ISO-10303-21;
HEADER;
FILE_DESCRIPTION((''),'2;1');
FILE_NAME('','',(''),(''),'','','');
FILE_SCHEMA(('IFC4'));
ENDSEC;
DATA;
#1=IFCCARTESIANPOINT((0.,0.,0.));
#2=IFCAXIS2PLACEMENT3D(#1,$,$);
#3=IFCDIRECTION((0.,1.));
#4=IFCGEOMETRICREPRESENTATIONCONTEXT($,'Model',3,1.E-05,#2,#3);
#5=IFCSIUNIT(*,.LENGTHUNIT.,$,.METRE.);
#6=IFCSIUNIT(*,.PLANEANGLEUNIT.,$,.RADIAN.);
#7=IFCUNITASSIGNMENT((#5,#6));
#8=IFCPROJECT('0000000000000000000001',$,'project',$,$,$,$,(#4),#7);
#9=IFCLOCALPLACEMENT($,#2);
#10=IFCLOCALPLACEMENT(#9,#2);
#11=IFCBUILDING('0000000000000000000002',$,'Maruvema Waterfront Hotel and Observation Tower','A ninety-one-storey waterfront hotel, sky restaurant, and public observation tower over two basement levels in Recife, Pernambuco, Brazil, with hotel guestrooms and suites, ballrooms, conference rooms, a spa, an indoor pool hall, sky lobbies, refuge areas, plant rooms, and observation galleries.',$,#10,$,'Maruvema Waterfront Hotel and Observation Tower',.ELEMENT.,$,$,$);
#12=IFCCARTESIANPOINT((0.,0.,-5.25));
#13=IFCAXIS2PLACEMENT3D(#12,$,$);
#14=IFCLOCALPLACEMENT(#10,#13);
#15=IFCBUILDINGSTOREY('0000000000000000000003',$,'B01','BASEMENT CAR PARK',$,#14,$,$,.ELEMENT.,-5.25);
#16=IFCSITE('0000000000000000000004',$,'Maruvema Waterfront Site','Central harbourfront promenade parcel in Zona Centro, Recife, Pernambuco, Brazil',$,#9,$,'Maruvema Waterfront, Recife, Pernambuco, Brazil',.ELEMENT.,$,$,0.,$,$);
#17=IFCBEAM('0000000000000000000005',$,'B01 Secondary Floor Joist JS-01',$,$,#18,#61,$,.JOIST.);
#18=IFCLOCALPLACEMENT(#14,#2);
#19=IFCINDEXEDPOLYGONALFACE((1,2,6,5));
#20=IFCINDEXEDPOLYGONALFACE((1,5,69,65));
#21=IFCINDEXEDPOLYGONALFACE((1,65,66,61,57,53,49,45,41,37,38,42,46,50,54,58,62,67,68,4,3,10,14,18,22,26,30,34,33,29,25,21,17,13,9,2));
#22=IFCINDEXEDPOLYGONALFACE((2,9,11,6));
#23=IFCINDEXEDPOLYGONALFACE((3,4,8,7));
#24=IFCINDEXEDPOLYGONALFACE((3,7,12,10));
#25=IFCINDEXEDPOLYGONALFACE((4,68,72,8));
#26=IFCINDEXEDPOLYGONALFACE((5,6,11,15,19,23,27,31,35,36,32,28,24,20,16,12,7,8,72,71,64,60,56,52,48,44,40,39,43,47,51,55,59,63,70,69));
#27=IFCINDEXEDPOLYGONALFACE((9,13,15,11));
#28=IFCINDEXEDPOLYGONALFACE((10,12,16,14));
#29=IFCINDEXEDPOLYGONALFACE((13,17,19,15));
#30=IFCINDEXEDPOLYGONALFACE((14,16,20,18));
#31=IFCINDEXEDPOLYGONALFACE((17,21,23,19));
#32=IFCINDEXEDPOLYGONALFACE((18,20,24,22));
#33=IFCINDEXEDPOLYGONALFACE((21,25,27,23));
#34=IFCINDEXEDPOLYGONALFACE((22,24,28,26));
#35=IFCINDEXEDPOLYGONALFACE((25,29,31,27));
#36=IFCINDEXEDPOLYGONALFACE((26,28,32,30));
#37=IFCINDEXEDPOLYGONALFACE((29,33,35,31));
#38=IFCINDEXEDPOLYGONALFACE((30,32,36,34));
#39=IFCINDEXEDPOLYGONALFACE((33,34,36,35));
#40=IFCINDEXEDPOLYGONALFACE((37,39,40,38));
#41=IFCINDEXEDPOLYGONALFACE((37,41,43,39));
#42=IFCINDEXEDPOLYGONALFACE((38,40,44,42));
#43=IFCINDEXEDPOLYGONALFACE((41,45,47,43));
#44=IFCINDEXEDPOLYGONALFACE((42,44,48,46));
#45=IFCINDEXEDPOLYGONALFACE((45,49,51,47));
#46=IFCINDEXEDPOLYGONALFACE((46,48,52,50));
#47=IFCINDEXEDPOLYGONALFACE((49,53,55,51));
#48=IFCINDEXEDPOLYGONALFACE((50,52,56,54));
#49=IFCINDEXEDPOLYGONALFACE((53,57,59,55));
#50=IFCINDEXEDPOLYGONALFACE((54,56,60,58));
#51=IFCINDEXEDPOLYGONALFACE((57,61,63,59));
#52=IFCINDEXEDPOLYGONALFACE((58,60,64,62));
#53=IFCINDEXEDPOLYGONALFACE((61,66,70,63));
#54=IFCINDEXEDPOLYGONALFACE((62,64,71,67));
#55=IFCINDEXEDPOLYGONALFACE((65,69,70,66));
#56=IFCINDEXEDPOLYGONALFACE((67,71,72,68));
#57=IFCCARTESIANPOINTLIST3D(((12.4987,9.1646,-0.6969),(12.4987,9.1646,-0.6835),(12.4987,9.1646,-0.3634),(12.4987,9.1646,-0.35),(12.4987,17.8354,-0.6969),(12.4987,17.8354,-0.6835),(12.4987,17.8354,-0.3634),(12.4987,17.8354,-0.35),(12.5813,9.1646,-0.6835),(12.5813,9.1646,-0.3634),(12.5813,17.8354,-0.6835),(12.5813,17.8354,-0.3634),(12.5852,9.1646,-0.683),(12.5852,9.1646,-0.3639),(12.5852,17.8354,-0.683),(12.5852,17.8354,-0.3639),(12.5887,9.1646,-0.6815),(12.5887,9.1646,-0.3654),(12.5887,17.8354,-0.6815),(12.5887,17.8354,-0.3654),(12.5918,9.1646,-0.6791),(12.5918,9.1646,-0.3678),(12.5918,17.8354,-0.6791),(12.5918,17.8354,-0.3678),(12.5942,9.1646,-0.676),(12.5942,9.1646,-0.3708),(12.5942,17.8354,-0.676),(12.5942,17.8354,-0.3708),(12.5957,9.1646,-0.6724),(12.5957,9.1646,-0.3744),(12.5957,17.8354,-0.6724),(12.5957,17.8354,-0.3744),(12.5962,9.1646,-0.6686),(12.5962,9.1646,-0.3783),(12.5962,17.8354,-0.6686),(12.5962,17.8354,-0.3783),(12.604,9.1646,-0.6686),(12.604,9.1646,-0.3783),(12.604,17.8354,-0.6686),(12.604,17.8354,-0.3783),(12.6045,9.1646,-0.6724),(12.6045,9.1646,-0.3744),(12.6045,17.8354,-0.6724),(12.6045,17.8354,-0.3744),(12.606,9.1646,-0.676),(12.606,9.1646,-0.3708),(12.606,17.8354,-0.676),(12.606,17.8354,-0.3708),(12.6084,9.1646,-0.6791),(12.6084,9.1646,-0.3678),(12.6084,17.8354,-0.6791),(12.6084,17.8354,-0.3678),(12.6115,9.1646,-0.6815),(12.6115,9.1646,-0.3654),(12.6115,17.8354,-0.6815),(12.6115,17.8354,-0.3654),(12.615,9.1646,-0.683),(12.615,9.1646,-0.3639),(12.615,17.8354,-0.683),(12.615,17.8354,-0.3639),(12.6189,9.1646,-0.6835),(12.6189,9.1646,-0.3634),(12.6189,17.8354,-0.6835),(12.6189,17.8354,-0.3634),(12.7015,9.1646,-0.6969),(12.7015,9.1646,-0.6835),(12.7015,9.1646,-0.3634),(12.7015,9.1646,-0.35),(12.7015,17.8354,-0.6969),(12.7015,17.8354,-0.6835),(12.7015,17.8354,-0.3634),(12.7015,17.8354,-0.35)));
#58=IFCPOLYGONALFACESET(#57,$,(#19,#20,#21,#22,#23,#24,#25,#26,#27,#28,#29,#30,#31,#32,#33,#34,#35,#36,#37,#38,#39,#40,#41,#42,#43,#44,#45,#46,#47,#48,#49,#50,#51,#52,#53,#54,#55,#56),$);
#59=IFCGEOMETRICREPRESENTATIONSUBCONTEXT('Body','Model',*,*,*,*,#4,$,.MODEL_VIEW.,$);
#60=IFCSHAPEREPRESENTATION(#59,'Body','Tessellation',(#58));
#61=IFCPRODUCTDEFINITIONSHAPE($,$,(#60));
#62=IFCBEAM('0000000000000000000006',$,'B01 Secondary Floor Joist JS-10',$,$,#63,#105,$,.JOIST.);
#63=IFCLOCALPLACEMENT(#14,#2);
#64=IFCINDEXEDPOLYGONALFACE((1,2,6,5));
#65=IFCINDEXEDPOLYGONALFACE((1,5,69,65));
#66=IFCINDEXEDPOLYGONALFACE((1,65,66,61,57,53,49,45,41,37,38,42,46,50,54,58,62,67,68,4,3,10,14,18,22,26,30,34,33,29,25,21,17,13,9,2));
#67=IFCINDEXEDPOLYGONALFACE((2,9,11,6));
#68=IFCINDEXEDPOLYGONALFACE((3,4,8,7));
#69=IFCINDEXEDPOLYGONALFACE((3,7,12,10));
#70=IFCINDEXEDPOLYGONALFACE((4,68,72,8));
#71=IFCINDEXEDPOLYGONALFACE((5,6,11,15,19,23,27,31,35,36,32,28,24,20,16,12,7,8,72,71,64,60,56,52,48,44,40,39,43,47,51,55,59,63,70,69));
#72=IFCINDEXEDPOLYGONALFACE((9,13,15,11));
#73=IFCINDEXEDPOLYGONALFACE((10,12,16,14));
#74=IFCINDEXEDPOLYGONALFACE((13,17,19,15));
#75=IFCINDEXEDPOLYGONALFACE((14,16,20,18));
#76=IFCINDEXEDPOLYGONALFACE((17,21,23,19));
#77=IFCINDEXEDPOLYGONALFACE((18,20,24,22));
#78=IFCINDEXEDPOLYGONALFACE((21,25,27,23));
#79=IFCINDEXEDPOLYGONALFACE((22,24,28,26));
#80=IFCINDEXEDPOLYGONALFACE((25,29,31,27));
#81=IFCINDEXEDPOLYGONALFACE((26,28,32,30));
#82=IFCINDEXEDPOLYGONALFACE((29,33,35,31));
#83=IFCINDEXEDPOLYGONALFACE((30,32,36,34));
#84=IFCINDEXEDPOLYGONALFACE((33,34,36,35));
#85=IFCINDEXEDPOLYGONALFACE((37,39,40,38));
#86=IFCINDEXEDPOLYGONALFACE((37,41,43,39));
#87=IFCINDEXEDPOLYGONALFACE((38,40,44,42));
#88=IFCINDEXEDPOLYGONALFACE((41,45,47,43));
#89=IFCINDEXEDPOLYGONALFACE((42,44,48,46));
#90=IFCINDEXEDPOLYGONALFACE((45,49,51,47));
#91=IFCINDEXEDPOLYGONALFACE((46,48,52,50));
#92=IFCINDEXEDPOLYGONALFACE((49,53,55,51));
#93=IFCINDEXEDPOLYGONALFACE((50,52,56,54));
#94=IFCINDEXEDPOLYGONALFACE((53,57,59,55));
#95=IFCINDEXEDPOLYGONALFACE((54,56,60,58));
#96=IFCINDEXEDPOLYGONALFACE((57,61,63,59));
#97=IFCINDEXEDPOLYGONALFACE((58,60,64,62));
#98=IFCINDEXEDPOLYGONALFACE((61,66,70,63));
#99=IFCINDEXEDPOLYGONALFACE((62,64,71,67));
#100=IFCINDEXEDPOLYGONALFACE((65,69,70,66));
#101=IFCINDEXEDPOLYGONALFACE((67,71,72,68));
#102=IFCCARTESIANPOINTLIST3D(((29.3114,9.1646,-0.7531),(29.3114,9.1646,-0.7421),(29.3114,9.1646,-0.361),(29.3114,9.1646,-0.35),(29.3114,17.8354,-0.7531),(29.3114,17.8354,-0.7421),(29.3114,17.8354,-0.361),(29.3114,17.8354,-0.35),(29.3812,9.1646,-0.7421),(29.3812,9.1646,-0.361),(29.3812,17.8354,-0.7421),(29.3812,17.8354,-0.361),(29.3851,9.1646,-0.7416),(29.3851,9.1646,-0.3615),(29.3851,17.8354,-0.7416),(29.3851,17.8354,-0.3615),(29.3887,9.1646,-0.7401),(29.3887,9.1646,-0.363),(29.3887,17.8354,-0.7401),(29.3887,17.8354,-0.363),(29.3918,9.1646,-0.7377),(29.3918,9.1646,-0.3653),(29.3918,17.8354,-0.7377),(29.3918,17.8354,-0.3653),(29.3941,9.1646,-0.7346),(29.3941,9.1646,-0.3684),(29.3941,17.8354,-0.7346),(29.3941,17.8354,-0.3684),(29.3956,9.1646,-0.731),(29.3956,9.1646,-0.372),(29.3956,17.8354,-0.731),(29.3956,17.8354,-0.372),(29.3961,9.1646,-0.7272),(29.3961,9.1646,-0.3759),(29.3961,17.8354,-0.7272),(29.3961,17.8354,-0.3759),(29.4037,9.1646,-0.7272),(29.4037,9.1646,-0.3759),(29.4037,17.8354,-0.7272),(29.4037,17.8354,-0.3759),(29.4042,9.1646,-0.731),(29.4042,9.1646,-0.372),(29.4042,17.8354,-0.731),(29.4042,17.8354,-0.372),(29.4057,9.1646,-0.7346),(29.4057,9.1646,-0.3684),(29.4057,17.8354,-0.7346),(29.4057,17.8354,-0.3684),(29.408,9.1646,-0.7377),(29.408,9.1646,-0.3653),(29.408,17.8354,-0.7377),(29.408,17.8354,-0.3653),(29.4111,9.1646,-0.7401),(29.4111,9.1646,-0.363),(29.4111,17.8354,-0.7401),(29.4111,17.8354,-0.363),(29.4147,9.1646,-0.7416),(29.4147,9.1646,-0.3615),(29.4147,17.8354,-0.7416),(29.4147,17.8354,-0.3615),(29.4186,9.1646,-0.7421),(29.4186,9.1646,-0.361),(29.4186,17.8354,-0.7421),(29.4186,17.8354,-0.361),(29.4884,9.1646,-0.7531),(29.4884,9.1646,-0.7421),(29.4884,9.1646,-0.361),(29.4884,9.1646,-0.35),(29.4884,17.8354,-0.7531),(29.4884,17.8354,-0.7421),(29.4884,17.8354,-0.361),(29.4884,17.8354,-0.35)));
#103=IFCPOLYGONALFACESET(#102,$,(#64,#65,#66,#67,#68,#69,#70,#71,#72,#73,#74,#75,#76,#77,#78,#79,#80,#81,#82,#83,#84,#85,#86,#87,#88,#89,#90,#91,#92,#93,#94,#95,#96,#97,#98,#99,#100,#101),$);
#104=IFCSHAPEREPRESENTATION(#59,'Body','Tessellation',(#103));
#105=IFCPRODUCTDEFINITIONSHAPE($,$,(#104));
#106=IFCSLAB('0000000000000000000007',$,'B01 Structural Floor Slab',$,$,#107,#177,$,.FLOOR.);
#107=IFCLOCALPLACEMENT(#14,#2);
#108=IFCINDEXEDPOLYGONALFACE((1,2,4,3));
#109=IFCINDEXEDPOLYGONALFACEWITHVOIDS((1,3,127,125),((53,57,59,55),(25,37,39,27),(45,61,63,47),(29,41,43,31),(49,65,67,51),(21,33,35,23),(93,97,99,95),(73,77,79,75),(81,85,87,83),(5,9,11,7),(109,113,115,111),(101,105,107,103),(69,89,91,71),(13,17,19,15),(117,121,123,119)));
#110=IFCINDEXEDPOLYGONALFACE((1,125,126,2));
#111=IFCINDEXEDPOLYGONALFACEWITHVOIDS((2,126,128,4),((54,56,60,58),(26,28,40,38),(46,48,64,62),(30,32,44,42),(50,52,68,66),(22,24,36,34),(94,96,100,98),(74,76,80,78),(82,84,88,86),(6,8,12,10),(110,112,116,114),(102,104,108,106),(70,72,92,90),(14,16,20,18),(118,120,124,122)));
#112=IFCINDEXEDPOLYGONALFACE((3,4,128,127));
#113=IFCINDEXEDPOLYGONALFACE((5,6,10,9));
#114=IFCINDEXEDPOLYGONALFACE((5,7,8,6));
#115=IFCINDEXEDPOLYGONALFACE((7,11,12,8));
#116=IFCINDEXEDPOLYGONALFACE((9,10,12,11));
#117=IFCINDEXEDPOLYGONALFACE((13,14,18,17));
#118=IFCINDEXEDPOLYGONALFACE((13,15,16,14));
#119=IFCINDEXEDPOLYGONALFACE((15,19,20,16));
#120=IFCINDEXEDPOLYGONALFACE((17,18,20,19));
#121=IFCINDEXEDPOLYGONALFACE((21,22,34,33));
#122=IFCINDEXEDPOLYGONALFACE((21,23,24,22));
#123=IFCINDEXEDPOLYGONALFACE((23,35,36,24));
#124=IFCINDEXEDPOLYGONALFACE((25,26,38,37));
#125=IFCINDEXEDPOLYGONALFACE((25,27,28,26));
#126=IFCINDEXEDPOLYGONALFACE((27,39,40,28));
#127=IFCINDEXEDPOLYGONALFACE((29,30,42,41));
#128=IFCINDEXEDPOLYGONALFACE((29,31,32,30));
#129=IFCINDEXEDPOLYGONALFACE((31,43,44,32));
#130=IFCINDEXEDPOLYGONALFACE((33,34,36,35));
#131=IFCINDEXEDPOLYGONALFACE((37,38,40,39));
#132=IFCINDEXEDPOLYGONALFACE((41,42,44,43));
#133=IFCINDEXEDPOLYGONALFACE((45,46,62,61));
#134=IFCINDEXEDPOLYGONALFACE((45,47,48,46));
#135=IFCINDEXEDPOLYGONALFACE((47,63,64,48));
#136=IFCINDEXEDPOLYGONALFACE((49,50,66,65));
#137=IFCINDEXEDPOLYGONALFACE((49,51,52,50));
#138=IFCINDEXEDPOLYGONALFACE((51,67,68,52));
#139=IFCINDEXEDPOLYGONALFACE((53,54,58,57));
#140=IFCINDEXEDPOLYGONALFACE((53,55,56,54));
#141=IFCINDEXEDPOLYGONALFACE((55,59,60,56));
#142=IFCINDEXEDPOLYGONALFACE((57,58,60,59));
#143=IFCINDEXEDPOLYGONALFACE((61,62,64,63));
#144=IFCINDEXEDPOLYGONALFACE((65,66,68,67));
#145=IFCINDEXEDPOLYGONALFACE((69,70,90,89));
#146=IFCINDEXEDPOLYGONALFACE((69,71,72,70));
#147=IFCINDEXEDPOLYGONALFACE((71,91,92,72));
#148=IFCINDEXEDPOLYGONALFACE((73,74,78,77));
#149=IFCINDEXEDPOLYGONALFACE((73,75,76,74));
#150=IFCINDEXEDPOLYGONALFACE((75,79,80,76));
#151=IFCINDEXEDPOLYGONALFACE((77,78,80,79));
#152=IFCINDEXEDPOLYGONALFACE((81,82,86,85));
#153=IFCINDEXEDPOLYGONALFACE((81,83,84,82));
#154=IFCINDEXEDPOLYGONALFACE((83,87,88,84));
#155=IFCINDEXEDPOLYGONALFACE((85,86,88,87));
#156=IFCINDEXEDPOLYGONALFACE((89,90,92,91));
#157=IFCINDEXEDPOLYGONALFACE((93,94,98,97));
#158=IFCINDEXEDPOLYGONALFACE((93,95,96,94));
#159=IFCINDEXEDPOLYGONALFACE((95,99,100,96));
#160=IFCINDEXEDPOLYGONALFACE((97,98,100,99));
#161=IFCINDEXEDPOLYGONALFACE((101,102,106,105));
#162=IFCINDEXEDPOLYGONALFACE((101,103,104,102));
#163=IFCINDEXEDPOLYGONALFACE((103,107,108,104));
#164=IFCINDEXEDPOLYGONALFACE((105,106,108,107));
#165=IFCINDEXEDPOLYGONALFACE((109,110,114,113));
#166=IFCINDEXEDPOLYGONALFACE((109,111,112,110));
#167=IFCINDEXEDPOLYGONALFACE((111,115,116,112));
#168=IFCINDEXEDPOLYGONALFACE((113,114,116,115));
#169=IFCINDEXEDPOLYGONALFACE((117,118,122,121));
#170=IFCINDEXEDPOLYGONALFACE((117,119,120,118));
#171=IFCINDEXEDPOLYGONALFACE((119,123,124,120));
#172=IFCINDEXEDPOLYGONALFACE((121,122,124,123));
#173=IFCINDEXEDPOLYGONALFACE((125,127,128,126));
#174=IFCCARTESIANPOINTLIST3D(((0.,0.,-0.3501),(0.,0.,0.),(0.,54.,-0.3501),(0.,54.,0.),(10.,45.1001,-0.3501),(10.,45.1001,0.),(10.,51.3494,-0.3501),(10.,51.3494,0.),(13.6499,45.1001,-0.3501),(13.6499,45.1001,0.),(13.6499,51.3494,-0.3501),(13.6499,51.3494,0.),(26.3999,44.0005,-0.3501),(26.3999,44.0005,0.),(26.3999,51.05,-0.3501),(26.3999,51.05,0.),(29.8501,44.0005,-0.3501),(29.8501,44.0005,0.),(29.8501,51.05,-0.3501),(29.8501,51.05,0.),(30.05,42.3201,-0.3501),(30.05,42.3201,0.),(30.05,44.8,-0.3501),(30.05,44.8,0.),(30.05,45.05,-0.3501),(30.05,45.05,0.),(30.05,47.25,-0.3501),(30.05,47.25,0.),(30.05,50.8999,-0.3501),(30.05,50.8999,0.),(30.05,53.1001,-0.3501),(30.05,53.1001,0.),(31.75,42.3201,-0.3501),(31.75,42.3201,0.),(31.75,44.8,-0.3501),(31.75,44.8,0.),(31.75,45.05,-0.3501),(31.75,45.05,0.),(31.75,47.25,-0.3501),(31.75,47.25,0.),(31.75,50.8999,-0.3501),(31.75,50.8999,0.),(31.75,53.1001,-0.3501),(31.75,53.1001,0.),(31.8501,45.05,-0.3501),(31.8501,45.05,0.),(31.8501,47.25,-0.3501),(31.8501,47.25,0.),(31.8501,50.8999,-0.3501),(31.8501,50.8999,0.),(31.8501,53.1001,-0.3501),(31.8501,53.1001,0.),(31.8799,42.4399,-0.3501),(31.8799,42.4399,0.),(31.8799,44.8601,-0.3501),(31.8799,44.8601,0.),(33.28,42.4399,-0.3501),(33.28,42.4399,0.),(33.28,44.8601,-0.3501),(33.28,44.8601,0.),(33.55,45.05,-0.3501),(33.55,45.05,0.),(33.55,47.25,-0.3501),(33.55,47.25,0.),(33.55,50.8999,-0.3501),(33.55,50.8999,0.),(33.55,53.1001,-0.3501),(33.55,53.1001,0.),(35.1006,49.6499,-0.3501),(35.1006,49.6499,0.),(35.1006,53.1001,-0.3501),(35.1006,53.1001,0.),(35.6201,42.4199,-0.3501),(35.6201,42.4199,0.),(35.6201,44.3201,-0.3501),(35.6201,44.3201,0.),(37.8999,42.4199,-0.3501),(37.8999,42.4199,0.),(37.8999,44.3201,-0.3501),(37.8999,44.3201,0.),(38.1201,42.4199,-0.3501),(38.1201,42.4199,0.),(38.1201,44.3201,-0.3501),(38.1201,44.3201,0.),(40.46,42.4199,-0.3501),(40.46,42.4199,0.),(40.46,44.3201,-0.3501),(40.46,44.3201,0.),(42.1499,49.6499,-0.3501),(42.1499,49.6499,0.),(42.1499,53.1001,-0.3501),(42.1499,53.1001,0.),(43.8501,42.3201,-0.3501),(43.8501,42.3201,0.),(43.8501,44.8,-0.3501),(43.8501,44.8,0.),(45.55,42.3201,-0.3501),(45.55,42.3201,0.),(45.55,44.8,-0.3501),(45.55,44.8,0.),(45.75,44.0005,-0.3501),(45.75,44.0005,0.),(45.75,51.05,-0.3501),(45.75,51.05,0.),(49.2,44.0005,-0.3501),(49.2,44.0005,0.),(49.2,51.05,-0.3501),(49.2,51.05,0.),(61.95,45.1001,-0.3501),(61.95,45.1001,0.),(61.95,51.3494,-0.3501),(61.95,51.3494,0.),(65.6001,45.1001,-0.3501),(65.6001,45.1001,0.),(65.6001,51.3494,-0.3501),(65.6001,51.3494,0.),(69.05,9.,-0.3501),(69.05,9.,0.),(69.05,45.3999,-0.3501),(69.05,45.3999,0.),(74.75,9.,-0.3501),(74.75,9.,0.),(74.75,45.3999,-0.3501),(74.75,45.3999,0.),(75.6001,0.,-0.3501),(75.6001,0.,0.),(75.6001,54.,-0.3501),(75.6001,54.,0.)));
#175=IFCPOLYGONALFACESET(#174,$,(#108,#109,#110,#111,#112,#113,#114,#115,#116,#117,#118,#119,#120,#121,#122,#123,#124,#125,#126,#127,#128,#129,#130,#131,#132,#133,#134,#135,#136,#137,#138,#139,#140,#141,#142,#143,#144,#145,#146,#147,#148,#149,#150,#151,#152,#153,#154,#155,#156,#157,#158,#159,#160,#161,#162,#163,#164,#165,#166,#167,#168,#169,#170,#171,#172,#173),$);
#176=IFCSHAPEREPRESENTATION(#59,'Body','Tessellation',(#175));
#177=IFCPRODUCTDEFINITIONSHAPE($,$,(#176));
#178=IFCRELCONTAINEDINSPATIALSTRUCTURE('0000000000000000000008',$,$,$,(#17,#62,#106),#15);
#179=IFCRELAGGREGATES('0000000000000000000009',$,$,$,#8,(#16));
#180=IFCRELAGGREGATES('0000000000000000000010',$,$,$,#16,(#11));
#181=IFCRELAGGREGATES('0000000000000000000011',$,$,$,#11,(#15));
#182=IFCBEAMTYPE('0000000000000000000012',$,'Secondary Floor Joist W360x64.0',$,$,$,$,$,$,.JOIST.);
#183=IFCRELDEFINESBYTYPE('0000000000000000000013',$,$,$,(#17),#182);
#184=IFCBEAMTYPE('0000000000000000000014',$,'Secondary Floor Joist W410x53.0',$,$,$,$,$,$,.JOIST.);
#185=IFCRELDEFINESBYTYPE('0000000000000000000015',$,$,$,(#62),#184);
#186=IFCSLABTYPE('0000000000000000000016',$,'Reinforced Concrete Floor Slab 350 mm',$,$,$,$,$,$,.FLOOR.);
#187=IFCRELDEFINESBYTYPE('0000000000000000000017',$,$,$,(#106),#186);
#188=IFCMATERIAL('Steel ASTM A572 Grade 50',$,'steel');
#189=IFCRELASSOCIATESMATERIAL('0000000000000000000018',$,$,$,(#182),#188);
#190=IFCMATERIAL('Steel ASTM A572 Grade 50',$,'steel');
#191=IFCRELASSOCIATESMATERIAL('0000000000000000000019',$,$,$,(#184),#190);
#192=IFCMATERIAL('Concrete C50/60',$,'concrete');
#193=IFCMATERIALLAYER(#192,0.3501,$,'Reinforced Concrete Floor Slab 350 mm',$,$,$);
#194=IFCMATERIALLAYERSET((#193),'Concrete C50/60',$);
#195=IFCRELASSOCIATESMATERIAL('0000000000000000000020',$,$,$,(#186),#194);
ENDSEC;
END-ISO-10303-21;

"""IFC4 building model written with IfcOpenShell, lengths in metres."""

from ifc_helpers import new_model, si_unit, direction, frame, origin, origin_2d, place, context, subcontext, project, spatial, polyline, i_section, outline, extrude, material, layer, layer_set, material_profile, profile_set, type_object, element, save


model = new_model("IFC4")

# Units and contexts
model_context = context("Model", 3, precision=1e-05, world=origin(), true_north=direction((0.0, 1.0)))
body_context = subcontext(model_context, "Body", "Model", "MODEL_VIEW")
ifc_project = project(units=[si_unit("LENGTHUNIT", "METRE"), si_unit("PLANEANGLEUNIT", "RADIAN")], contexts=[model_context])

# Site, building, storey
site_placement = place(None, origin())
site = spatial("IfcSite", under=ifc_project, at=site_placement, Name="Maruvema Waterfront Site", Description="Central harbourfront promenade parcel in Zona Centro, Recife, Pernambuco, Brazil", LongName="Maruvema Waterfront, Recife, Pernambuco, Brazil", CompositionType="ELEMENT", RefElevation=0.0)
building_placement = place(site_placement, origin())
building = spatial("IfcBuilding", under=site, at=building_placement, Name="Maruvema Waterfront Hotel and Observation Tower", Description="A ninety-one-storey waterfront hotel, sky restaurant, and public observation tower over two basement levels in Recife, Pernambuco, Brazil, with hotel guestrooms and suites, ballrooms, conference rooms, a spa, an indoor pool hall, sky lobbies, refuge areas, plant rooms, and observation galleries.", LongName="Maruvema Waterfront Hotel and Observation Tower", CompositionType="ELEMENT")
storey_placement = place(building_placement, frame((0.0, 0.0, -5.25)))
storey = spatial("IfcBuildingStorey", under=building, at=storey_placement, Name="B01", Description="BASEMENT CAR PARK", CompositionType="ELEMENT", Elevation=-5.25)

# Beams
ifc_material_1 = material(Name="Steel ASTM A572 Grade 50", Category="steel")
ifc_material_profile_1 = material_profile(ifc_material_1, i_section(OverallWidth=0.2029, OverallDepth=0.3469, WebThickness=0.0078, FlangeThickness=0.0134, FilletRadius=0.0149, at=origin_2d()), Name="W360x64.0")
ifc_profile_set_1 = profile_set([ifc_material_profile_1], Name="Steel ASTM A572 Grade 50")
beam_type_1 = type_object("IfcBeamType", Name="Secondary Floor Joist W360x64.0", PredefinedType="JOIST", material=ifc_profile_set_1)
beam_1_placement = place(storey_placement, frame((12.6001, 9.1646, -0.5234), z_axis=(0.0, 1.0, 0.0), x_axis=(-1.0, 0.0, 0.0)))
element("IfcBeam", 1, at=beam_1_placement, inside=storey, type_object=beam_type_1, Name="B01 Secondary Floor Joist JS-01", PredefinedType="JOIST", context=body_context, shape_type="SweptSolid", body=[
    extrude(i_section(OverallWidth=0.2029, OverallDepth=0.3469, WebThickness=0.0078, FlangeThickness=0.0134, FilletRadius=0.0149, at=origin_2d()), origin(), (0.0, 0.0, 1.0), 8.6709),
])
ifc_material_2 = material(Name="Steel ASTM A572 Grade 50", Category="steel")
ifc_material_profile_2 = material_profile(ifc_material_2, i_section(OverallWidth=0.177, OverallDepth=0.4031, WebThickness=0.0076, FlangeThickness=0.011, FilletRadius=0.0149, at=origin_2d()), Name="W410x53.0")
ifc_profile_set_2 = profile_set([ifc_material_profile_2], Name="Steel ASTM A572 Grade 50")
beam_type_2 = type_object("IfcBeamType", Name="Secondary Floor Joist W410x53.0", PredefinedType="JOIST", material=ifc_profile_set_2)
beam_2_placement = place(storey_placement, frame((29.3999, 9.1646, -0.5515), z_axis=(0.0, 1.0, 0.0), x_axis=(-1.0, 0.0, 0.0)))
element("IfcBeam", 2, at=beam_2_placement, inside=storey, type_object=beam_type_2, Name="B01 Secondary Floor Joist JS-10", PredefinedType="JOIST", context=body_context, shape_type="SweptSolid", body=[
    extrude(i_section(OverallWidth=0.177, OverallDepth=0.4031, WebThickness=0.0076, FlangeThickness=0.011, FilletRadius=0.0149, at=origin_2d()), origin(), (0.0, 0.0, 1.0), 8.6709),
])

# Slab
ifc_material_3 = material(Name="Concrete C50/60", Category="concrete")
ifc_layer_1 = layer(ifc_material_3, 0.3501, Name="Reinforced Concrete Floor Slab 350 mm")
ifc_layer_set_1 = layer_set([ifc_layer_1], Name="Concrete C50/60")
slab_type_1 = type_object("IfcSlabType", Name="Reinforced Concrete Floor Slab 350 mm", PredefinedType="FLOOR", material=ifc_layer_set_1)
slab_1_placement = place(storey_placement, frame((0.0, 0.0, -0.3501)))
element("IfcSlab", 3, at=slab_1_placement, inside=storey, type_object=slab_type_1, Name="B01 Structural Floor Slab", PredefinedType="FLOOR", context=body_context, shape_type="SweptSolid", body=[
    extrude(outline(polyline([(0.0, 0.0), (75.6001, 0.0), (75.6001, 54.0), (0.0, 54.0), (0.0, 0.0)]), holes=[polyline([(13.6499, 51.3494), (13.6499, 45.1001), (10.0, 45.1001), (10.0, 51.3494), (13.6499, 51.3494)]), polyline([(26.3999, 44.0005), (26.3999, 51.05), (29.8501, 51.05), (29.8501, 44.0005), (26.3999, 44.0005)]), polyline([(30.05, 42.3201), (30.05, 44.8), (31.75, 44.8), (31.75, 42.3201), (30.05, 42.3201)]), polyline([(30.05, 47.25), (31.75, 47.25), (31.75, 45.05), (30.05, 45.05), (30.05, 47.25)]), polyline([(30.05, 53.1001), (31.75, 53.1001), (31.75, 50.8999), (30.05, 50.8999), (30.05, 53.1001)]), polyline([(31.8799, 44.8601), (33.28, 44.8601), (33.28, 42.4399), (31.8799, 42.4399), (31.8799, 44.8601)]), polyline([(31.8501, 47.25), (33.55, 47.25), (33.55, 45.05), (31.8501, 45.05), (31.8501, 47.25)]), polyline([(31.8501, 53.1001), (33.55, 53.1001), (33.55, 50.8999), (31.8501, 50.8999), (31.8501, 53.1001)]), polyline([(35.6201, 44.3201), (37.8999, 44.3201), (37.8999, 42.4199), (35.6201, 42.4199), (35.6201, 44.3201)]), polyline([(35.1006, 53.1001), (42.1499, 53.1001), (42.1499, 49.6499), (35.1006, 49.6499), (35.1006, 53.1001)]), polyline([(38.1201, 44.3201), (40.46, 44.3201), (40.46, 42.4199), (38.1201, 42.4199), (38.1201, 44.3201)]), polyline([(43.8501, 44.8), (45.55, 44.8), (45.55, 42.3201), (43.8501, 42.3201), (43.8501, 44.8)]), polyline([(45.75, 44.0005), (45.75, 51.05), (49.2, 51.05), (49.2, 44.0005), (45.75, 44.0005)]), polyline([(65.6001, 51.3494), (65.6001, 45.1001), (61.95, 45.1001), (61.95, 51.3494), (65.6001, 51.3494)]), polyline([(69.05, 45.3999), (74.75, 45.3999), (74.75, 9.0), (69.05, 9.0), (69.05, 45.3999)])]), origin(), (0.0, 0.0, 1.0), 0.3501),
])

save(model, "model.ifc")
